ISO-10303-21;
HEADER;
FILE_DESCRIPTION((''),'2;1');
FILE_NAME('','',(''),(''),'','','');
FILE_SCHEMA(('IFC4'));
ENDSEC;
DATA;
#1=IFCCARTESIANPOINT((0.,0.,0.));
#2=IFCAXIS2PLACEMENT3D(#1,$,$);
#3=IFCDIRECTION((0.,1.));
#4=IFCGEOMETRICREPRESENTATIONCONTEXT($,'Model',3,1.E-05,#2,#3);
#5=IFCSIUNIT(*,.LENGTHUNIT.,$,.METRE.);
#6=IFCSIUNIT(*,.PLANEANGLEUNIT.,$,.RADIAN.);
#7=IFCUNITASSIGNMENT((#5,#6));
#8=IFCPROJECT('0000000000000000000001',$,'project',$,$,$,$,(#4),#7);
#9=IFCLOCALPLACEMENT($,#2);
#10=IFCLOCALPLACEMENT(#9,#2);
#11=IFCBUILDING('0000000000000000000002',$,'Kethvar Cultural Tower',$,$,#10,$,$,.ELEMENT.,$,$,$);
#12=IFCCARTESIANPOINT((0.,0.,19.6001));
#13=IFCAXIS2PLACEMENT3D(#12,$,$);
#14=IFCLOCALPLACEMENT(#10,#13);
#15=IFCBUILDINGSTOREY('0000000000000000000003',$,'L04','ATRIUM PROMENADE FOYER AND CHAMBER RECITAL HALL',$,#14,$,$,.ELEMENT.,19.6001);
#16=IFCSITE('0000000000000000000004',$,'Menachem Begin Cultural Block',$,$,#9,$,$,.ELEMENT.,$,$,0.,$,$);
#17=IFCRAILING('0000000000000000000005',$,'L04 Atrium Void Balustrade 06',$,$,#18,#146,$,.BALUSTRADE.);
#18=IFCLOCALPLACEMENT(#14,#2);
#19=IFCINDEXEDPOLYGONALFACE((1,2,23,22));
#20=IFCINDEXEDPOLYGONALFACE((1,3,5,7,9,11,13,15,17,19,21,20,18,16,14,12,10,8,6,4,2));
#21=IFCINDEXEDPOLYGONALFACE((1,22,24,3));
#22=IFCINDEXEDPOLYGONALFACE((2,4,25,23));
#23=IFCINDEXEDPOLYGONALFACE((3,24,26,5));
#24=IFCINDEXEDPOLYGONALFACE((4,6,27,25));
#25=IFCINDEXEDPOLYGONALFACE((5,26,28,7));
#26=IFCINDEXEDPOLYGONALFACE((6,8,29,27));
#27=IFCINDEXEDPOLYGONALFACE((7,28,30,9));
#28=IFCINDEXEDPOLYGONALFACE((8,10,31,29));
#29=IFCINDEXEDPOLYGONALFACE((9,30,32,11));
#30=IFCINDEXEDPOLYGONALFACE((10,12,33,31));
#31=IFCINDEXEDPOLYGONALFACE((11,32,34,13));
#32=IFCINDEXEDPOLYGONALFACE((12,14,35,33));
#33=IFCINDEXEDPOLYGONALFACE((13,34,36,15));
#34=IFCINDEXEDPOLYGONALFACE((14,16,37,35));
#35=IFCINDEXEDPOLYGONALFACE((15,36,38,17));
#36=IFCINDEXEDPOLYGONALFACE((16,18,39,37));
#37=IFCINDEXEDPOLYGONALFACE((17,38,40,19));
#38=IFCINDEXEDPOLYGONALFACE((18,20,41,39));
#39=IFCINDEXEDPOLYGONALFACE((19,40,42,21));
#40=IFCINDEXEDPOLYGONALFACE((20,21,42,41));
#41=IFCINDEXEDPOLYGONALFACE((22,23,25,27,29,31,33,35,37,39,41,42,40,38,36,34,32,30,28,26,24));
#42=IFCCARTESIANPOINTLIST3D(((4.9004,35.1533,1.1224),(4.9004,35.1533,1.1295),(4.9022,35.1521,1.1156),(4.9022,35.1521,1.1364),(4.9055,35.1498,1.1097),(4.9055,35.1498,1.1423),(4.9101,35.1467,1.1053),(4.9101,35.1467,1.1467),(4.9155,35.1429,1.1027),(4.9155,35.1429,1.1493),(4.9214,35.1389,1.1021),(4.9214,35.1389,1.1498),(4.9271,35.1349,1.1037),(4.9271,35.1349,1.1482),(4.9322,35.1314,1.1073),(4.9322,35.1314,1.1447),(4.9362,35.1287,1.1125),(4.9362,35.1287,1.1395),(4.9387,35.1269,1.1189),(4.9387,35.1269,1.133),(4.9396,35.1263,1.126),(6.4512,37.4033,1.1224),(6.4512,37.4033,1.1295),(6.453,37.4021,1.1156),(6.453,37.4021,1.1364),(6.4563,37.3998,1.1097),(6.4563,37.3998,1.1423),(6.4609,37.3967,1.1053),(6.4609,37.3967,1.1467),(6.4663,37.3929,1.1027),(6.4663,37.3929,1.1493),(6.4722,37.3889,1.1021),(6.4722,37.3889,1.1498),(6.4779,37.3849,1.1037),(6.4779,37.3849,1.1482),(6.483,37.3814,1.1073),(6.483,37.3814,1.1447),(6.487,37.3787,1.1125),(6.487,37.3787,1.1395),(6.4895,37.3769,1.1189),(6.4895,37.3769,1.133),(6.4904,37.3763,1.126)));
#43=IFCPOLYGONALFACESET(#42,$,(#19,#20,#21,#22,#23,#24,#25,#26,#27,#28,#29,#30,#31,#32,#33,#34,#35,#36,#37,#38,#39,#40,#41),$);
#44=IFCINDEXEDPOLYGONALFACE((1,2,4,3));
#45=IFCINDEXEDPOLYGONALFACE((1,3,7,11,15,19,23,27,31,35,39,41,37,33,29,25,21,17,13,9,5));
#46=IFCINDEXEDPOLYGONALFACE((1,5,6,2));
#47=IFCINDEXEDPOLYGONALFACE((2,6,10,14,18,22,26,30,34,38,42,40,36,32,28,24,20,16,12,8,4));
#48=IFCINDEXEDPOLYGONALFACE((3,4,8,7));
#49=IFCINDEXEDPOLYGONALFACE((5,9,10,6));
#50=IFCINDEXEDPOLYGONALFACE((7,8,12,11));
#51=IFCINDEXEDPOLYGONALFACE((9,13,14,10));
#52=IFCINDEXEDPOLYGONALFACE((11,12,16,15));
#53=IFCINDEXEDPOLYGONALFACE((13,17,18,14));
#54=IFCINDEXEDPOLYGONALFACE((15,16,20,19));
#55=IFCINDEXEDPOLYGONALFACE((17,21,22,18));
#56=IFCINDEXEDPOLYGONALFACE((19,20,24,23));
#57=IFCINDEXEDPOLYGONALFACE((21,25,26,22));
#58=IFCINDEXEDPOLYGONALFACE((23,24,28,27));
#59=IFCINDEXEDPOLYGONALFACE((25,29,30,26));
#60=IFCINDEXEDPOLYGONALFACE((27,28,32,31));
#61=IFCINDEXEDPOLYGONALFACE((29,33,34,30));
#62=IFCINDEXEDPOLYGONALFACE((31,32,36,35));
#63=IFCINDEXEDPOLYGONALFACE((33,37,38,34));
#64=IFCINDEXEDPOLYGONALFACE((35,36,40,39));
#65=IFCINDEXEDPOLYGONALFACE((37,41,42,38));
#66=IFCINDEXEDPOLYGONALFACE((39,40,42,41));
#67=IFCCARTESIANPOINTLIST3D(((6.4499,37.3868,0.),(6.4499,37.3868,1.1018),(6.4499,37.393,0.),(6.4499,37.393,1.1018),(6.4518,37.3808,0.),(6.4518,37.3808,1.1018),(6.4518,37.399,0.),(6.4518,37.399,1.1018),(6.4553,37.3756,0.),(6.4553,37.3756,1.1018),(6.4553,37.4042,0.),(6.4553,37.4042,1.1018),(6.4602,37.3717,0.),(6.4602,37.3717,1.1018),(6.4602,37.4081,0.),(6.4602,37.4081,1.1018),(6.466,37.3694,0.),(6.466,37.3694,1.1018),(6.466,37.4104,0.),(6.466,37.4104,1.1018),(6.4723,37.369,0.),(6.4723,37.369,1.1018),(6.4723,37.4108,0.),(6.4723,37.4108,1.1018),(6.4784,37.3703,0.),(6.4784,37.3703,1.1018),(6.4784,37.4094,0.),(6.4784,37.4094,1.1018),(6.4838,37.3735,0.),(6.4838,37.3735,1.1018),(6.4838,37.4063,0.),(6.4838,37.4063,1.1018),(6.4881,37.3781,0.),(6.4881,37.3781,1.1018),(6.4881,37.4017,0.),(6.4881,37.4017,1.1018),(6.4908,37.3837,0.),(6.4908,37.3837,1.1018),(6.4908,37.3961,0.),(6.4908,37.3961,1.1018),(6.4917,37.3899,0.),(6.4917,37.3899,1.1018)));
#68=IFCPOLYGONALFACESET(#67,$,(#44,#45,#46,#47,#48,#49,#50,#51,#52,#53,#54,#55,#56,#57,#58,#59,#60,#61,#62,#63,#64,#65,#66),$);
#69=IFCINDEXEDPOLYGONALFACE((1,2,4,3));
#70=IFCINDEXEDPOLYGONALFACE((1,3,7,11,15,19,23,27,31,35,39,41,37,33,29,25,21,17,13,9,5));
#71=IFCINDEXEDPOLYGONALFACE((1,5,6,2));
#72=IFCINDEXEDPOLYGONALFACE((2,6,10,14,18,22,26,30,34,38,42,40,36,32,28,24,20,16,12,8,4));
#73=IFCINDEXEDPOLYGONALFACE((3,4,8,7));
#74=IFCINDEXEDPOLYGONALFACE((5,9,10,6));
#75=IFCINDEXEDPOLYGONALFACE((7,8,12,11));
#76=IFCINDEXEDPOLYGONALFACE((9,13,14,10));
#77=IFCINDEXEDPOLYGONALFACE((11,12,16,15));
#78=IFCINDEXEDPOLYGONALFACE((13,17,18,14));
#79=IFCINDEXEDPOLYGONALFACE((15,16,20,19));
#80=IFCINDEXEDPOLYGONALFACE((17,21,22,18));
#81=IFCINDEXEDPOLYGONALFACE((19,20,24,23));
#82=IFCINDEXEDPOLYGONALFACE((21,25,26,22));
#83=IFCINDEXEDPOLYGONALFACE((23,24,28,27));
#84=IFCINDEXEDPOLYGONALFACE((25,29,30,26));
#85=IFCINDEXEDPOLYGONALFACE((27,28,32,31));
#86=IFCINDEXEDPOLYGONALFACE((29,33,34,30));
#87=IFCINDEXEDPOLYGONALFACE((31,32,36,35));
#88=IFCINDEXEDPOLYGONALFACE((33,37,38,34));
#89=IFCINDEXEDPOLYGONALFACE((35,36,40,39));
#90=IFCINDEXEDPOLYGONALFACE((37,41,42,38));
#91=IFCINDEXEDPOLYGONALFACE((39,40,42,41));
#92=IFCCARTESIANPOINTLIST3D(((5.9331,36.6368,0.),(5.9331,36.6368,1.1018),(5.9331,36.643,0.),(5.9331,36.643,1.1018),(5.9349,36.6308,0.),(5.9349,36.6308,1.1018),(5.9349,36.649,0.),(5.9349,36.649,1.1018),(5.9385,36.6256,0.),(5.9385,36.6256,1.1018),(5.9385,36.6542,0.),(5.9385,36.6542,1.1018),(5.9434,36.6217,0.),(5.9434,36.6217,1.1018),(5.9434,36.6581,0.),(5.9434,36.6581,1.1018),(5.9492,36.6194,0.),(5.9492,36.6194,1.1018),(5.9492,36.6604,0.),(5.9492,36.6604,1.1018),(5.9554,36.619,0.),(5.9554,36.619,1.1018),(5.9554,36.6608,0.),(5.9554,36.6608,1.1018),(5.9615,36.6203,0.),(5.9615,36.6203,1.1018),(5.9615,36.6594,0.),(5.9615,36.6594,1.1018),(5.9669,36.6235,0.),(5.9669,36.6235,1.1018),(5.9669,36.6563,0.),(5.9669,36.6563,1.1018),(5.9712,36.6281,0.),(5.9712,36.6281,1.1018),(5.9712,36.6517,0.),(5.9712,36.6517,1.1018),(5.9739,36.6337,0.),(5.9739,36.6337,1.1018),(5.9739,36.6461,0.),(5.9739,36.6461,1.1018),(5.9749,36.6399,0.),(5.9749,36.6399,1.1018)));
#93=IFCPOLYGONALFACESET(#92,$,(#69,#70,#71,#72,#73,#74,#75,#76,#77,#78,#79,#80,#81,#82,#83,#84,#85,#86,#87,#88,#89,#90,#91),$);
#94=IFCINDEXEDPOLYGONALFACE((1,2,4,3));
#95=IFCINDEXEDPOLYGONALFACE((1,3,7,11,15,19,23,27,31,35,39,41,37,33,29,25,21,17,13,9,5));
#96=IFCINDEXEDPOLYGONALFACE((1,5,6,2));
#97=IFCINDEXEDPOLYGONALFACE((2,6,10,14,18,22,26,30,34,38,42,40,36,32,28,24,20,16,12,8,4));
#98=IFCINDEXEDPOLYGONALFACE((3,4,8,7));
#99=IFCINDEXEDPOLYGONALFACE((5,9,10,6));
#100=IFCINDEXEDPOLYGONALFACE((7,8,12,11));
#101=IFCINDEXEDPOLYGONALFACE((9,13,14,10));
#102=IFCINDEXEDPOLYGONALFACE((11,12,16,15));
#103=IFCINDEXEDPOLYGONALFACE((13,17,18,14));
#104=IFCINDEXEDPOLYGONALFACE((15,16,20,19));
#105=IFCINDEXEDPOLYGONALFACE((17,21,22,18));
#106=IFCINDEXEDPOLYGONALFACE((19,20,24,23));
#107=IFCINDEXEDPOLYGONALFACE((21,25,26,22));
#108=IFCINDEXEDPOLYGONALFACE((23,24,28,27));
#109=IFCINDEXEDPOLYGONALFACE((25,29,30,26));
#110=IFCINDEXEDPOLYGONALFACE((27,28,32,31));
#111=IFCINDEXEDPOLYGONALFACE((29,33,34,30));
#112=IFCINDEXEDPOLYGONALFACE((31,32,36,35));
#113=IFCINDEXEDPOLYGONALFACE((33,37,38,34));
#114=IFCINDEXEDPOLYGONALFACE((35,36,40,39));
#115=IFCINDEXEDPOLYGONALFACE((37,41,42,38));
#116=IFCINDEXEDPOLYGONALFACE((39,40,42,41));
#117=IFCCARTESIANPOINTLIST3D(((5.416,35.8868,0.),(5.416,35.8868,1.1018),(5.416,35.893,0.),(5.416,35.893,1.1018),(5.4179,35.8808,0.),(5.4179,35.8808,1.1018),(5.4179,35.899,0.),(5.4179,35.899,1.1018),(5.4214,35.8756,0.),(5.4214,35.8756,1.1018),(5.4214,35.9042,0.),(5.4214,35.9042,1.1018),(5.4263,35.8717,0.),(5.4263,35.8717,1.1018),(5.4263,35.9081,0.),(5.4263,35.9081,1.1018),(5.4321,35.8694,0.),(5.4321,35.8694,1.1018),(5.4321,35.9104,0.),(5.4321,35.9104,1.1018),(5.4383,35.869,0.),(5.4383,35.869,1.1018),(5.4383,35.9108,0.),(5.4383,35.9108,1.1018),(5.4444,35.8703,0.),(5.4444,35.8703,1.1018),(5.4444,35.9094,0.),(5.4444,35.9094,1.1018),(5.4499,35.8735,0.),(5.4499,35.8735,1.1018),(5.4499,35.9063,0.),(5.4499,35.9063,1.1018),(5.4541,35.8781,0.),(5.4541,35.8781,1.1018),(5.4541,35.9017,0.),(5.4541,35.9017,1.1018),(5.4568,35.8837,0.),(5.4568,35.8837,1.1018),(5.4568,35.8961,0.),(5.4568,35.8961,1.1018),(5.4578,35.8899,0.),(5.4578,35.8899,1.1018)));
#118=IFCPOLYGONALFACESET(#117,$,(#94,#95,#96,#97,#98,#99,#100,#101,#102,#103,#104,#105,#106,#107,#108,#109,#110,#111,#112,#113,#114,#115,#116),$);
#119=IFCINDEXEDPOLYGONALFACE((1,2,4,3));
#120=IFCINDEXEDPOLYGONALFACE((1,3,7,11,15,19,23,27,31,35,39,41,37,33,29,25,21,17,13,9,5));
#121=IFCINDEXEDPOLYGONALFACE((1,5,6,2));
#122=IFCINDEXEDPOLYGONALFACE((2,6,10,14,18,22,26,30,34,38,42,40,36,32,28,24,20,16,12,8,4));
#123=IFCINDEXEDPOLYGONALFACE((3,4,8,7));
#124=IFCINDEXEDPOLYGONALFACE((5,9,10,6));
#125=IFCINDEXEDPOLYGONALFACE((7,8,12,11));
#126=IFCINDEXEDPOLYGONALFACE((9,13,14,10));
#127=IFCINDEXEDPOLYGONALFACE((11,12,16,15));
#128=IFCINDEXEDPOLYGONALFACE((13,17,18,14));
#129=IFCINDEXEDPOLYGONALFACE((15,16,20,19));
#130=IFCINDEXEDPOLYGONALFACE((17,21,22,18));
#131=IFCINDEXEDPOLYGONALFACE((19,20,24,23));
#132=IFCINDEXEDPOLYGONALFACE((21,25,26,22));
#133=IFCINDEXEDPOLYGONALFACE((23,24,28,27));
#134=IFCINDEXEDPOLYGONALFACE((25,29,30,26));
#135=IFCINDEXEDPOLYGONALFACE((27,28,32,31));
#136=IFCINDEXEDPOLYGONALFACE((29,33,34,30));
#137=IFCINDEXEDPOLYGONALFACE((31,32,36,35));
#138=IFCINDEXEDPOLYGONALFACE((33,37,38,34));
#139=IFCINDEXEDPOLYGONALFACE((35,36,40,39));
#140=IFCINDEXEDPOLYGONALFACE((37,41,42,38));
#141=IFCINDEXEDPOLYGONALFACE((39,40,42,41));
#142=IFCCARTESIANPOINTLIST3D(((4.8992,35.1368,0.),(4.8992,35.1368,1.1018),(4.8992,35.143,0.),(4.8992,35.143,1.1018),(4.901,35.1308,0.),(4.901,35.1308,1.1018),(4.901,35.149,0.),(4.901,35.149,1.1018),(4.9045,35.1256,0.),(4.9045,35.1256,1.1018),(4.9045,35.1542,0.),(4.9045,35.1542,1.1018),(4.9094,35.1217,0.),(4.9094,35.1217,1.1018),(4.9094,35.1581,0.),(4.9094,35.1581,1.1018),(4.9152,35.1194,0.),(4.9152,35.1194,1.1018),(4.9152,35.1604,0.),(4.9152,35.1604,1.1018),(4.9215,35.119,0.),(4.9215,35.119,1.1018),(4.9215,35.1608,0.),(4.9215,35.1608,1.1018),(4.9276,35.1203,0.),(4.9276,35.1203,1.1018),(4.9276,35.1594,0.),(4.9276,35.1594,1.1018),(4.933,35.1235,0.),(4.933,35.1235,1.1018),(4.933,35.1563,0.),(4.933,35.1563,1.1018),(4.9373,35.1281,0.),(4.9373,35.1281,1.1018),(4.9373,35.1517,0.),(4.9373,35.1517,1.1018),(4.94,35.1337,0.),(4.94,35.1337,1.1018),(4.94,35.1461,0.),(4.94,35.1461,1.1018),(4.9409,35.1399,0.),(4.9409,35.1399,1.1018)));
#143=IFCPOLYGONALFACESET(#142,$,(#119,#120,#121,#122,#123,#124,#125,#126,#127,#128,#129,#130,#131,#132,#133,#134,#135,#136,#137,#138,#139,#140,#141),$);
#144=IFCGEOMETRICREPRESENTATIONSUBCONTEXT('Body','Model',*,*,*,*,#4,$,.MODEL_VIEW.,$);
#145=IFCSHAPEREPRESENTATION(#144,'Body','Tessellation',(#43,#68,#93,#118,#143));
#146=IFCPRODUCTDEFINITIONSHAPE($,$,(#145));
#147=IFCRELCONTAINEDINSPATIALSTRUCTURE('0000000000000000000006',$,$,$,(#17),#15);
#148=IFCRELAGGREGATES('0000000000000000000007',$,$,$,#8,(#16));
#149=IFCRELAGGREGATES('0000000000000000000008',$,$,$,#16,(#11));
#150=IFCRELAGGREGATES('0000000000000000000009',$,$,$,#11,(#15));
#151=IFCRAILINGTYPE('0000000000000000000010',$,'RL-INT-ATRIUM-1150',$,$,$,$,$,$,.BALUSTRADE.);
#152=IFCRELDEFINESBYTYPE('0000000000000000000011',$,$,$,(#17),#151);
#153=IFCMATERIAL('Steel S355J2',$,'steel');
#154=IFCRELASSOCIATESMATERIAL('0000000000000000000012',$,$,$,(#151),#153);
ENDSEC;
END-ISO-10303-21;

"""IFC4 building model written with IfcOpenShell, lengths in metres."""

from ifc_helpers import new_model, si_unit, direction, frame, origin, origin_2d, place, context, subcontext, project, spatial, circle, extrude, material, type_object, element, save


model = new_model("IFC4")

# Units and contexts
model_context = context("Model", 3, precision=1e-05, world=origin(), true_north=direction((0.0, 1.0)))
body_context = subcontext(model_context, "Body", "Model", "MODEL_VIEW")
ifc_project = project(units=[si_unit("LENGTHUNIT", "METRE"), si_unit("PLANEANGLEUNIT", "RADIAN")], contexts=[model_context])

# Site, building, storey
site_placement = place(None, origin())
site = spatial("IfcSite", under=ifc_project, at=site_placement, Name="Menachem Begin Cultural Block", CompositionType="ELEMENT", RefElevation=0.0)
building_placement = place(site_placement, origin())
building = spatial("IfcBuilding", under=site, at=building_placement, Name="Kethvar Cultural Tower", CompositionType="ELEMENT")
storey_placement = place(building_placement, frame((0.0, 0.0, 19.6001)))
storey = spatial("IfcBuildingStorey", under=building, at=storey_placement, Name="L04", Description="ATRIUM PROMENADE FOYER AND CHAMBER RECITAL HALL", CompositionType="ELEMENT", Elevation=19.6001)

# Shared definitions
ifc_material_1 = material(Name="Steel S355J2", Category="steel")

# Railing
railing_type_1 = type_object("IfcRailingType", Name="RL-INT-ATRIUM-1150", PredefinedType="BALUSTRADE", material=ifc_material_1)
railing_1_placement = place(storey_placement, frame((6.4707, 37.3899, 0.0)))
element("IfcRailing", 1, at=railing_1_placement, inside=storey, type_object=railing_type_1, Name="L04 Atrium Void Balustrade 06", PredefinedType="BALUSTRADE", context=body_context, shape_type="SweptSolid", body=[
    extrude(circle(Radius=0.0239, at=origin_2d()), frame((0.0, 0.0, 1.126), z_axis=(-0.567499, -0.823374, 0.0), x_axis=(0.823374, -0.567499, 0.0)), (0.0, 0.0, 1.0), 2.7327),
    extrude(circle(Radius=0.021, at=origin_2d()), origin(), (0.0, 0.0, 1.0), 1.1018),
    extrude(circle(Radius=0.021, at=origin_2d()), frame((-0.5168, -0.75, 0.0)), (0.0, 0.0, 1.0), 1.1018),
    extrude(circle(Radius=0.021, at=origin_2d()), frame((-1.0339, -1.5, 0.0)), (0.0, 0.0, 1.0), 1.1018),
    extrude(circle(Radius=0.021, at=origin_2d()), frame((-1.5508, -2.25, 0.0)), (0.0, 0.0, 1.0), 1.1018),
])

save(model, "model.ifc")
